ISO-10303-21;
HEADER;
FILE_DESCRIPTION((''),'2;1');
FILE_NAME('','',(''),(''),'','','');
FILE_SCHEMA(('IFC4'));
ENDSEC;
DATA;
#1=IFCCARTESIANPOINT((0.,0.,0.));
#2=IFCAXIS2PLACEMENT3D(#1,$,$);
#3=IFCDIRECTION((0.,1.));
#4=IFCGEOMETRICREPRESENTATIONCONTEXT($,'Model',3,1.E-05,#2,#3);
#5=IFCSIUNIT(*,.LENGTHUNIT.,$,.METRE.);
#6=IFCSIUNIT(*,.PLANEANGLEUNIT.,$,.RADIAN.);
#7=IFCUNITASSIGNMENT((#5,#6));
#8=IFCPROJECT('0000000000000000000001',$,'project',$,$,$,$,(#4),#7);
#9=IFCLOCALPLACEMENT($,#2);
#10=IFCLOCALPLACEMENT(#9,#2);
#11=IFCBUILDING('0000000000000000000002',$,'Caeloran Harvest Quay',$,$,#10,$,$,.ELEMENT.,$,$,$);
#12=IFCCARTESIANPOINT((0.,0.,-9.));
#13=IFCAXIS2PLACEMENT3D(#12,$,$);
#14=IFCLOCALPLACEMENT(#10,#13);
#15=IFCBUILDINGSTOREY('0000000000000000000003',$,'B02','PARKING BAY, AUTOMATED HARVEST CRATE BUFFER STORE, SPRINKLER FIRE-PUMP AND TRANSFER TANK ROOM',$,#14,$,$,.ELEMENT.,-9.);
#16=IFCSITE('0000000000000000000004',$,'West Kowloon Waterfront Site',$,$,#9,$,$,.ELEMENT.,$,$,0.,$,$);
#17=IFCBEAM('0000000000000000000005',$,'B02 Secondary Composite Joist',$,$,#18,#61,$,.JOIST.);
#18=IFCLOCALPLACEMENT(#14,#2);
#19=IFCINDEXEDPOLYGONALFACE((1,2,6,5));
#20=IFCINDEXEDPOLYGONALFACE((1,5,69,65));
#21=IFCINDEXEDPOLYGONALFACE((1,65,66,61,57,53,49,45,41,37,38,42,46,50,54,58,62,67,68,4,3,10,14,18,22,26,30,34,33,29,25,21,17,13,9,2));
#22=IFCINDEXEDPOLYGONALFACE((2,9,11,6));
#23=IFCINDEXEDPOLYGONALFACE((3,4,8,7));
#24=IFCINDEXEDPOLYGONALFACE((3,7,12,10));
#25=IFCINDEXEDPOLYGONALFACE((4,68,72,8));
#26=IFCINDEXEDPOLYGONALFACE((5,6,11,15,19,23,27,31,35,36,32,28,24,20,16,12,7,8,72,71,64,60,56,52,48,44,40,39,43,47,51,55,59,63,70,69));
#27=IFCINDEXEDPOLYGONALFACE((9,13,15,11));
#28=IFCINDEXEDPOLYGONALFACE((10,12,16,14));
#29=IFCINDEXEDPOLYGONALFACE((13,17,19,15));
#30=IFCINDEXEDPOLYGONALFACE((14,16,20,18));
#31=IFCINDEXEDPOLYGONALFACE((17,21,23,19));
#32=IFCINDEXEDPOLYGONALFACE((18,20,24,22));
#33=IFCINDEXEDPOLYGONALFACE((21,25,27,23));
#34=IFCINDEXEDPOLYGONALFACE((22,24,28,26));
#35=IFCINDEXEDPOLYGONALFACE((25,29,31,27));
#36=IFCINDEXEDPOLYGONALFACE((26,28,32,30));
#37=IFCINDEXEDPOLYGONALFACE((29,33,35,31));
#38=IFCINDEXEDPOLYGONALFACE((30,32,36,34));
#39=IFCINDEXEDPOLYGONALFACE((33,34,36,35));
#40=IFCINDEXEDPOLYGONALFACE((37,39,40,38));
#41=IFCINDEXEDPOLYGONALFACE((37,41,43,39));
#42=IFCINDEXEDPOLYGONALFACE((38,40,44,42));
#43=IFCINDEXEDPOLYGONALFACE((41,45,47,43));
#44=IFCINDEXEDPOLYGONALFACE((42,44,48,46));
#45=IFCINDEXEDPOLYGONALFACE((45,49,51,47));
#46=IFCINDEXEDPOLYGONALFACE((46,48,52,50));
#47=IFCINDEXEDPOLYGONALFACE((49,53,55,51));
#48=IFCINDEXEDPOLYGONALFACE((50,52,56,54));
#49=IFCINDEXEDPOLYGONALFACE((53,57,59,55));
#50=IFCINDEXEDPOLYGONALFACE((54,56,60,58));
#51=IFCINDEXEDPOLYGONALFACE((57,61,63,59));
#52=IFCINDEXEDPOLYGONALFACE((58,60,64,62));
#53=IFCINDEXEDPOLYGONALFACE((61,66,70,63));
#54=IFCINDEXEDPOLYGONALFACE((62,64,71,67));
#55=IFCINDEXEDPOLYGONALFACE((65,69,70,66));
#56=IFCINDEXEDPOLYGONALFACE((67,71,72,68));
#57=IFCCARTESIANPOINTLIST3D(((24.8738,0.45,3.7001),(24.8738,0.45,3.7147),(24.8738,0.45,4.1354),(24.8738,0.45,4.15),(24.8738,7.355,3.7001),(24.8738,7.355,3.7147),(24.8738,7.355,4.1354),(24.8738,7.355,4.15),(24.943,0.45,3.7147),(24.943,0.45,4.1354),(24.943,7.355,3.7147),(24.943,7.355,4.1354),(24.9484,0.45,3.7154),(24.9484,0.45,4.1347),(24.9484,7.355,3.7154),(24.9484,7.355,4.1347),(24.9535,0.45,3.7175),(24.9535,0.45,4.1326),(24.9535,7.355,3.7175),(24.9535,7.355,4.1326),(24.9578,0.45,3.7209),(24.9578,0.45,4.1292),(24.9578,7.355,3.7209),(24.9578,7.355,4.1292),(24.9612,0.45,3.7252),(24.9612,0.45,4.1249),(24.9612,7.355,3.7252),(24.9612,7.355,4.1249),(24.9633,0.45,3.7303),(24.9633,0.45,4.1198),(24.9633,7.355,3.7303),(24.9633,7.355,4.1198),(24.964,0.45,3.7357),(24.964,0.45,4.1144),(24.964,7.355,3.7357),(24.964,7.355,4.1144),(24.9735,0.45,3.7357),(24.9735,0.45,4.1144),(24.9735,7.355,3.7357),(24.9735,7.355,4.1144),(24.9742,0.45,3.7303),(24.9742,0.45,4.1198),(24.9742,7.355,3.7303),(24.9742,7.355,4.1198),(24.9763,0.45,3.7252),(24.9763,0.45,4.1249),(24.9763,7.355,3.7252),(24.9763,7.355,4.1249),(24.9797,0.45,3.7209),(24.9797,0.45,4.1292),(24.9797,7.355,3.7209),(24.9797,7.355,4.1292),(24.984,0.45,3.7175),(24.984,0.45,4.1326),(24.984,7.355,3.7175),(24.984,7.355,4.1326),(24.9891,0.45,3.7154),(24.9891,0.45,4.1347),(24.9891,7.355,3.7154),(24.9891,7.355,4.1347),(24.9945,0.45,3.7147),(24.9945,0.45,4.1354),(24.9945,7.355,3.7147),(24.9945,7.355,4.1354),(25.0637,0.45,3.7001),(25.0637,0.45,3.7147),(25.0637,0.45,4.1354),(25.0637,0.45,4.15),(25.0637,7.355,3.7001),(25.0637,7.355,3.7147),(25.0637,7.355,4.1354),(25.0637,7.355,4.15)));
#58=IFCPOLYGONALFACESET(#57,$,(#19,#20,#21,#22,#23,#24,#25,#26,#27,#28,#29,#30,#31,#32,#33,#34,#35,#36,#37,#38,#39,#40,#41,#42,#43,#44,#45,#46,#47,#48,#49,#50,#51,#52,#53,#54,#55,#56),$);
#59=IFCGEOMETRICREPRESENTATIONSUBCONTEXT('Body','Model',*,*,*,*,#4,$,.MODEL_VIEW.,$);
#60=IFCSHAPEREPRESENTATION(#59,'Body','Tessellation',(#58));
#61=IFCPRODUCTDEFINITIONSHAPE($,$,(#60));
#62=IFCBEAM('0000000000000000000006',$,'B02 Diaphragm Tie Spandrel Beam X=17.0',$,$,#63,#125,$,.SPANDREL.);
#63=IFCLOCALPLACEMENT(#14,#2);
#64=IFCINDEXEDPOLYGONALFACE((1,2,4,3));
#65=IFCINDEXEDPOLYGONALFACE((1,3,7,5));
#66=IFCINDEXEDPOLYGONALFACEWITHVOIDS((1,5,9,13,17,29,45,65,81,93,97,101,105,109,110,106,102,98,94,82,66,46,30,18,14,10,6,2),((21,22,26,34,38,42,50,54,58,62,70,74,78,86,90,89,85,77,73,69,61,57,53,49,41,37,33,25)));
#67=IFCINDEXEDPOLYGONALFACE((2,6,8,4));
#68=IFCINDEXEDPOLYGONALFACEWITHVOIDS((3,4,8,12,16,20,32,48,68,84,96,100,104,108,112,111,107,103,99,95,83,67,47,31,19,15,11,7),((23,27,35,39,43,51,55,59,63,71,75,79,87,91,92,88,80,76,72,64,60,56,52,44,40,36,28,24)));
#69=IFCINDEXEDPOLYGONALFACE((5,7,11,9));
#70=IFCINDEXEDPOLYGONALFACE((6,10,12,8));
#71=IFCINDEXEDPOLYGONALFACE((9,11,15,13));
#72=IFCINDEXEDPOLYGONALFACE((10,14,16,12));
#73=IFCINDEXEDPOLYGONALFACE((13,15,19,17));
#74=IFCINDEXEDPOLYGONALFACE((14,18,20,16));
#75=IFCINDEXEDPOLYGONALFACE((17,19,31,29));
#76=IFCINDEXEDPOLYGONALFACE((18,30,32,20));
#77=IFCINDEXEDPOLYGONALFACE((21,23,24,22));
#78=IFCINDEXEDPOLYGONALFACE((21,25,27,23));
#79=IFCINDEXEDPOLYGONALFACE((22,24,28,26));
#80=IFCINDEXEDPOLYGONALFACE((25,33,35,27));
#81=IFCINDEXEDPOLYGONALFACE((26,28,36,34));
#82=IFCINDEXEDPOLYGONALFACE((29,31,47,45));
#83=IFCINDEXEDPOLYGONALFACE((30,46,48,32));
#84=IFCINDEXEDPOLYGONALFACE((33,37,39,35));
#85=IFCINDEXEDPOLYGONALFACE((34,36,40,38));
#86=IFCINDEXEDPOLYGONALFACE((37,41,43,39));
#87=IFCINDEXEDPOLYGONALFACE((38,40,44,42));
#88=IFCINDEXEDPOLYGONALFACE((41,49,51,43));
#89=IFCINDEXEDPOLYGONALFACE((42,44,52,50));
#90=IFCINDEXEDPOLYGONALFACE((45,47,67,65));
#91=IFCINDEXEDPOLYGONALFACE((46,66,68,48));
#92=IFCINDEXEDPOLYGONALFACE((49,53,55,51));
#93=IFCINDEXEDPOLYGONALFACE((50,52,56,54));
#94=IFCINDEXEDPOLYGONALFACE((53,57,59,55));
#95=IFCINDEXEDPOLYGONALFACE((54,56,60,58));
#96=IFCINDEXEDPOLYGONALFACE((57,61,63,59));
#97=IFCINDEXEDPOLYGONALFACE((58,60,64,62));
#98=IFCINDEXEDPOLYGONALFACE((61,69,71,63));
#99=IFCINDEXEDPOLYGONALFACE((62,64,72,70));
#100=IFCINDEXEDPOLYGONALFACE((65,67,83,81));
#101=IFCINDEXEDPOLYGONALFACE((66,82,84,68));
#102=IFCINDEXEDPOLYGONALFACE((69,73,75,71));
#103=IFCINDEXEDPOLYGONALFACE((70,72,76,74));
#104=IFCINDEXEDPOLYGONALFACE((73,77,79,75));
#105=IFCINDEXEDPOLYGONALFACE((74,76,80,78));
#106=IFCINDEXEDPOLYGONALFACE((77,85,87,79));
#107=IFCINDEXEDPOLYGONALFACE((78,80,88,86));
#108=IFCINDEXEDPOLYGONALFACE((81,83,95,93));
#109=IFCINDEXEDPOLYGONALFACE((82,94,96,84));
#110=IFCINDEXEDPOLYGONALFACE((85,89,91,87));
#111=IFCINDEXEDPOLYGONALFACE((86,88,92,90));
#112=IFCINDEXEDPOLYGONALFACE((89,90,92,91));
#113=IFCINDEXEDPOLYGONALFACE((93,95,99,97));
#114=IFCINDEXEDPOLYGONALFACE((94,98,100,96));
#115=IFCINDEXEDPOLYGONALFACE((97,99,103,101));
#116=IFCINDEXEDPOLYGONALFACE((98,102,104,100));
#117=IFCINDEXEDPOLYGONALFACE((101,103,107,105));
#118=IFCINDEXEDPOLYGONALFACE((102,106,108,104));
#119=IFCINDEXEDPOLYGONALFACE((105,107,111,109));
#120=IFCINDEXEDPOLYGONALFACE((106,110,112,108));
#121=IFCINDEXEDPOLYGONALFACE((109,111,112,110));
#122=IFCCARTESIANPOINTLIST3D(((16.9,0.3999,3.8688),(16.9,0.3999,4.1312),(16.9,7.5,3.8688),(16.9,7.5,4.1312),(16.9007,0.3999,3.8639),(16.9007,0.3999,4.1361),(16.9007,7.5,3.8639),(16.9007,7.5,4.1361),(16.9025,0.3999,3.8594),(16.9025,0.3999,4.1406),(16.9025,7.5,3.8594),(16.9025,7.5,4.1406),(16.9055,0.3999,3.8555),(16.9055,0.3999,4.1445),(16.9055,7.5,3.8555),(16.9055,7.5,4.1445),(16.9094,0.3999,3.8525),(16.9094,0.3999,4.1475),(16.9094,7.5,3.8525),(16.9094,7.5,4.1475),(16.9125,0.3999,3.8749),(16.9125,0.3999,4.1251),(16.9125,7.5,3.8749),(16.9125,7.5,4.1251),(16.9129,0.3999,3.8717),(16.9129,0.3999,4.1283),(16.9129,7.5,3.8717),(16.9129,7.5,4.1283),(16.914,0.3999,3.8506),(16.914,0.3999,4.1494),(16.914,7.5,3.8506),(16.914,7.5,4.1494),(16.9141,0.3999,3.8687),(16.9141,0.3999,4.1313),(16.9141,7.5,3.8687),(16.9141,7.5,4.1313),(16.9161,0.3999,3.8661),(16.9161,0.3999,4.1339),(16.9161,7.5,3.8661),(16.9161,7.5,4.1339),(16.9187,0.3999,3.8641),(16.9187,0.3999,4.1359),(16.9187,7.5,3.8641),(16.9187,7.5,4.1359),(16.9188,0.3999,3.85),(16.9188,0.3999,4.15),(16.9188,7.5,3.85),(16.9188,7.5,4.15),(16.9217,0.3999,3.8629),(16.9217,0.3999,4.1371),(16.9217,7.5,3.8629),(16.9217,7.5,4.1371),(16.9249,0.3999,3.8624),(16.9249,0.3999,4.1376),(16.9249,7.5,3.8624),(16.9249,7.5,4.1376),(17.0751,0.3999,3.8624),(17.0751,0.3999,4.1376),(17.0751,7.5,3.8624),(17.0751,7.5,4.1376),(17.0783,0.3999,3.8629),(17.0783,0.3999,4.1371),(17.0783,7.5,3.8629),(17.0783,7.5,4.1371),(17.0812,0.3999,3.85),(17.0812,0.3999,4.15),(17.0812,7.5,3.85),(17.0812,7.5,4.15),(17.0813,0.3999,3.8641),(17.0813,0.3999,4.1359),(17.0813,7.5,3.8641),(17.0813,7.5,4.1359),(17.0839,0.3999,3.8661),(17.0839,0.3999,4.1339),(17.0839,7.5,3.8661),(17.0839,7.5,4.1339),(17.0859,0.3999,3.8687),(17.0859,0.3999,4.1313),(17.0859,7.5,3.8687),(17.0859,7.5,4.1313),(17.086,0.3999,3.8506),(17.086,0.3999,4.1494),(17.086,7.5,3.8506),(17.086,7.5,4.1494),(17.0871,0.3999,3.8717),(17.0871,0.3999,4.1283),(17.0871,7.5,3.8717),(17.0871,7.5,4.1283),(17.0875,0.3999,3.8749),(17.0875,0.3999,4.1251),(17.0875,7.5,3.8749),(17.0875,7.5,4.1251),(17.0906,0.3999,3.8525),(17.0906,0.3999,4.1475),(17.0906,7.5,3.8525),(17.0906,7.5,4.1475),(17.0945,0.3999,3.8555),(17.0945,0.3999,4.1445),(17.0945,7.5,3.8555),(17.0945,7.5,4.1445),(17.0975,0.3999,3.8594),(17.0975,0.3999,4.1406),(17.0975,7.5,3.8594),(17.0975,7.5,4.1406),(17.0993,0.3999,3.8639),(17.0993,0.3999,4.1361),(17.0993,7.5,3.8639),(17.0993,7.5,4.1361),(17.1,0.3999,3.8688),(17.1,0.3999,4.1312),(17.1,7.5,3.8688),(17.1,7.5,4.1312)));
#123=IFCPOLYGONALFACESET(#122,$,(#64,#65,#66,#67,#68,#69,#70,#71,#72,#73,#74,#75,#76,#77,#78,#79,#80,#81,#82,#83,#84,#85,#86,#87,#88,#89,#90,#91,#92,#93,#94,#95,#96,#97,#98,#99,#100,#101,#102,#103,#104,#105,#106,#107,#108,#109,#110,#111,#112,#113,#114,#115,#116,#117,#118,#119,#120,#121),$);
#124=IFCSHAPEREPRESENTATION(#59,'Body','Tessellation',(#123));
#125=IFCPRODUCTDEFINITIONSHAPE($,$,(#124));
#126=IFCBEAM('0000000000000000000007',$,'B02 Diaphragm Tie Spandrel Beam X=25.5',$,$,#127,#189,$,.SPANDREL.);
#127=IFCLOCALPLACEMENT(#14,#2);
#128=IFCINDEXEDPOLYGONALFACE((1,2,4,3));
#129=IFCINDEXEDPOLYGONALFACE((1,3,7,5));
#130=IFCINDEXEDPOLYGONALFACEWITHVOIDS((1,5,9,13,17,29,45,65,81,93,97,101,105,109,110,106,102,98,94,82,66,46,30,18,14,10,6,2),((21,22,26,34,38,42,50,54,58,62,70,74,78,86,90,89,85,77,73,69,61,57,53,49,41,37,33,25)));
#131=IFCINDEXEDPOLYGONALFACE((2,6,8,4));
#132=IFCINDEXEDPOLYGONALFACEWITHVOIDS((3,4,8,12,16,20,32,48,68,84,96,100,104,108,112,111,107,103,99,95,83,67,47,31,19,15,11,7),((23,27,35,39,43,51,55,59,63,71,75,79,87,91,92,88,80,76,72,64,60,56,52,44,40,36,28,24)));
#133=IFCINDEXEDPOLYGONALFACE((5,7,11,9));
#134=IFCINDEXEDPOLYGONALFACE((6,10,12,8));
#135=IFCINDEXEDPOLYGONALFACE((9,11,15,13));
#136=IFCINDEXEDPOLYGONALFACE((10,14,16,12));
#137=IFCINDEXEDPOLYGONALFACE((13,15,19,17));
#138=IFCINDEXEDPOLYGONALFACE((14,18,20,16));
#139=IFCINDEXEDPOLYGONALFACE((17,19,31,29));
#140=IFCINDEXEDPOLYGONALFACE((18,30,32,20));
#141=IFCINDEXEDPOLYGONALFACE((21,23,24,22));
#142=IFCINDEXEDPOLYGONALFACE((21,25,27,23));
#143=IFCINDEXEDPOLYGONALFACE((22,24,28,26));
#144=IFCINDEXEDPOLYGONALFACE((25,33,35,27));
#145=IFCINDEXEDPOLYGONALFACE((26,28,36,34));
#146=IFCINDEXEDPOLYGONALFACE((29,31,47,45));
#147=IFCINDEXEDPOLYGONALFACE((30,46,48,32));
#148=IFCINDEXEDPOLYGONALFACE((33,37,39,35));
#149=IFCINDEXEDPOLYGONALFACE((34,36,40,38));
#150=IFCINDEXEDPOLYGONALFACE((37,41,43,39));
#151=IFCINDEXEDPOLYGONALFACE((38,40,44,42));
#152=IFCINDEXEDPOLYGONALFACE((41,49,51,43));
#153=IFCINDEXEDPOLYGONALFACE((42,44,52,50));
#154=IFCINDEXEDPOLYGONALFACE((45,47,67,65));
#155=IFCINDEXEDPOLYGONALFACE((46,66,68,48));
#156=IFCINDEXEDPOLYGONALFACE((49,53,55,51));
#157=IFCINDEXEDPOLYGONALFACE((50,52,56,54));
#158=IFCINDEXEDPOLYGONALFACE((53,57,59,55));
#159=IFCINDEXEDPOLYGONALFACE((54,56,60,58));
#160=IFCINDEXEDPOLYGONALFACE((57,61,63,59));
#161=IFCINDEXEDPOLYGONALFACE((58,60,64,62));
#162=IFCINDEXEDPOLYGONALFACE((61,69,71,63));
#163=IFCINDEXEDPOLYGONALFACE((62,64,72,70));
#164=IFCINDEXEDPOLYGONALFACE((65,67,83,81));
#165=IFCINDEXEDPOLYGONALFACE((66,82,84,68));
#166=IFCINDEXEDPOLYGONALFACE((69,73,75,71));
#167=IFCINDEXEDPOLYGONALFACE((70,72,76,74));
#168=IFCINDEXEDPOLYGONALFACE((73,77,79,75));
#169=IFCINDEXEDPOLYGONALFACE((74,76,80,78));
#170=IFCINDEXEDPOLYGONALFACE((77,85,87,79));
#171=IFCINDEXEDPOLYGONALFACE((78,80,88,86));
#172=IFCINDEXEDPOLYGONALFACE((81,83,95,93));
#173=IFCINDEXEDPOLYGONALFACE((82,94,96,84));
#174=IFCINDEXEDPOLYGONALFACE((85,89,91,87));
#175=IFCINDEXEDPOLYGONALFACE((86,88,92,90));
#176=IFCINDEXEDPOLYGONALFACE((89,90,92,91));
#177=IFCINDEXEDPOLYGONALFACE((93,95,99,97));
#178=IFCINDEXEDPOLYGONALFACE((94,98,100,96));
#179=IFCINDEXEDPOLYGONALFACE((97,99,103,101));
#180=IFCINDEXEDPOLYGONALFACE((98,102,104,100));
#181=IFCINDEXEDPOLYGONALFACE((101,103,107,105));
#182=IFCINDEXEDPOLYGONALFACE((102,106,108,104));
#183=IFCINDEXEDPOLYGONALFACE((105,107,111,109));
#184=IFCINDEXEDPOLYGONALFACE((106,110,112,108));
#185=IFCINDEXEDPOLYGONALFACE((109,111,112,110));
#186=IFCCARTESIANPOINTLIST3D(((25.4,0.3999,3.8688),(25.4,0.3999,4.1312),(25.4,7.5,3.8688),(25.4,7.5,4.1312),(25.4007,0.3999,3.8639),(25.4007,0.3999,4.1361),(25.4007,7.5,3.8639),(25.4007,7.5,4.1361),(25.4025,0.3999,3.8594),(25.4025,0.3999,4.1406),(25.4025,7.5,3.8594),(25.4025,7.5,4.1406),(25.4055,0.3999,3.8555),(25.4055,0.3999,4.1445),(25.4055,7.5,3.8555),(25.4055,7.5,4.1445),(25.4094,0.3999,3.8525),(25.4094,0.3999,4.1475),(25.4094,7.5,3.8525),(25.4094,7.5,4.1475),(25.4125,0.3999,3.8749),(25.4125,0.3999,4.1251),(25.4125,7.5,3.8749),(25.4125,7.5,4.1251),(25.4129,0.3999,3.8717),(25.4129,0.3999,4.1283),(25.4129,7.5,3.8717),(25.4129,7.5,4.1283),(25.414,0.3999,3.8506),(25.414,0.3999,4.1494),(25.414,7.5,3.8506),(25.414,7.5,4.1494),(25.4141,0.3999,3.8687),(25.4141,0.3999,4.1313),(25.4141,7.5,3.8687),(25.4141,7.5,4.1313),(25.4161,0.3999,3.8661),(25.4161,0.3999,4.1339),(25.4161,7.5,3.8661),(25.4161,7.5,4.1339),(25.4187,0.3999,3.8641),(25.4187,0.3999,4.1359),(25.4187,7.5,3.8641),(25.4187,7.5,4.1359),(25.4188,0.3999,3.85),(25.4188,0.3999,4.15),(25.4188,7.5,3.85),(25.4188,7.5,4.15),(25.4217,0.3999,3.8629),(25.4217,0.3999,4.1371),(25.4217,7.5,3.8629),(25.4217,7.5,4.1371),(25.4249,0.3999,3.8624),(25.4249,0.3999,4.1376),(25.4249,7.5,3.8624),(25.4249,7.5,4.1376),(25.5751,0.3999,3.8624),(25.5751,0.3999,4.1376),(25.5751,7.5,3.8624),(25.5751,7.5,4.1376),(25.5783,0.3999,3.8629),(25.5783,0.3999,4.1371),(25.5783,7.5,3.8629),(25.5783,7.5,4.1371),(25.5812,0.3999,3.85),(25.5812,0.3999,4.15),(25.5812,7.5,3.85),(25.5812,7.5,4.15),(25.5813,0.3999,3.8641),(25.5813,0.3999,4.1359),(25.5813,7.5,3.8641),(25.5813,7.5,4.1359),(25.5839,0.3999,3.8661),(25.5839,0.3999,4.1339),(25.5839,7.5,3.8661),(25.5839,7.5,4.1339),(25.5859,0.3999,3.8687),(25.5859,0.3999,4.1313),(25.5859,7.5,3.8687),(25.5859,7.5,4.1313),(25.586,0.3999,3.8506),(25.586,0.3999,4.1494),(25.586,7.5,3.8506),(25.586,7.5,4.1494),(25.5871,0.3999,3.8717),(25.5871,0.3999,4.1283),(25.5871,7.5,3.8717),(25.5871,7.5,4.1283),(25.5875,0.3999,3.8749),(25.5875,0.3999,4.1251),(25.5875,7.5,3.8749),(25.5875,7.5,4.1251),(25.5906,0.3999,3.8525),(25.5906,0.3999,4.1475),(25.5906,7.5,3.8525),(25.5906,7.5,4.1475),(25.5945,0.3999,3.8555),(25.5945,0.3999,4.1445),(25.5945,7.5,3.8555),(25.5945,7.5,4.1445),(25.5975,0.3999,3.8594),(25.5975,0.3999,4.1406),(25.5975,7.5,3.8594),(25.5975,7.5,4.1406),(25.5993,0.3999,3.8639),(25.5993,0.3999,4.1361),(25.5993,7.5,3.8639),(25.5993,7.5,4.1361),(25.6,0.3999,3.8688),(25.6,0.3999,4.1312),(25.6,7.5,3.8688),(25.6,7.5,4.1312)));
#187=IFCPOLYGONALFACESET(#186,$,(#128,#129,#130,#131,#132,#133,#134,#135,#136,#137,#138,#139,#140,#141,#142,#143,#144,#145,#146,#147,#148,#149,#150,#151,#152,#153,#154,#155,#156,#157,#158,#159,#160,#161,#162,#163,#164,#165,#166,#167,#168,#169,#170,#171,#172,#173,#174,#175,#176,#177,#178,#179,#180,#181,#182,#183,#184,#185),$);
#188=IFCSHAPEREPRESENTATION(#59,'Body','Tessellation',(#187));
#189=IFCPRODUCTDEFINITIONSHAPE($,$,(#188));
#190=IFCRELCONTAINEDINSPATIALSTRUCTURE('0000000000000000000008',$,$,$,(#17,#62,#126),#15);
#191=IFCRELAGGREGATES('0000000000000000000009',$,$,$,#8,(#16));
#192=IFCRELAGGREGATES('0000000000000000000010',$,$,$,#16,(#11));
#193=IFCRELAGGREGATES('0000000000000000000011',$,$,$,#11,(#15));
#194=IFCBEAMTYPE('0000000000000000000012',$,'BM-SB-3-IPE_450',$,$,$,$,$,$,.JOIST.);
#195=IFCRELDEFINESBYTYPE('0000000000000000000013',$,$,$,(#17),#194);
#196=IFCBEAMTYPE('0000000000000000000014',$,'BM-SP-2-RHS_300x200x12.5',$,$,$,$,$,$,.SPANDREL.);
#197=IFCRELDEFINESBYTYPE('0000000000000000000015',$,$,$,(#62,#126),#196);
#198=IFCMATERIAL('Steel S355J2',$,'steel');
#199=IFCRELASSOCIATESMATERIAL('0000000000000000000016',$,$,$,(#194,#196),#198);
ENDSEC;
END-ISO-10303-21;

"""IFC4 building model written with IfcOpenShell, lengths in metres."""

from ifc_helpers import new_model, si_unit, direction, frame, origin, origin_2d, place, context, subcontext, project, spatial, hollow_rectangle, i_section, extrude, material, material_profile, profile_set, type_object, element, save


model = new_model("IFC4")

# Units and contexts
model_context = context("Model", 3, precision=1e-05, world=origin(), true_north=direction((0.0, 1.0)))
body_context = subcontext(model_context, "Body", "Model", "MODEL_VIEW")
ifc_project = project(units=[si_unit("LENGTHUNIT", "METRE"), si_unit("PLANEANGLEUNIT", "RADIAN")], contexts=[model_context])

# Site, building, storey
site_placement = place(None, origin())
site = spatial("IfcSite", under=ifc_project, at=site_placement, Name="West Kowloon Waterfront Site", CompositionType="ELEMENT", RefElevation=0.0)
building_placement = place(site_placement, origin())
building = spatial("IfcBuilding", under=site, at=building_placement, Name="Caeloran Harvest Quay", CompositionType="ELEMENT")
storey_placement = place(building_placement, frame((0.0, 0.0, -9.0)))
storey = spatial("IfcBuildingStorey", under=building, at=storey_placement, Name="B02", Description="PARKING BAY, AUTOMATED HARVEST CRATE BUFFER STORE, SPRINKLER FIRE-PUMP AND TRANSFER TANK ROOM", CompositionType="ELEMENT", Elevation=-9.0)

# Beams
ifc_material_1 = material(Name="Steel S355J2", Category="steel")
ifc_material_profile_1 = material_profile(ifc_material_1, i_section(OverallWidth=0.1899, OverallDepth=0.45, WebThickness=0.0095, FlangeThickness=0.0146, FilletRadius=0.021, at=origin_2d()), Name="IPE 450")
ifc_profile_set_1 = profile_set([ifc_material_profile_1], Name="Steel S355J2")
beam_type_1 = type_object("IfcBeamType", Name="BM-SB-3-IPE_450", PredefinedType="JOIST", material=ifc_profile_set_1)
for number, where, z_axis, x_axis, name in (
    (1, (24.9688, 0.45, 3.925), (0.0, 1.0, 0.0), (-1.0, 0.0, 0.0), "B02 Secondary Composite Joist"),
):
    element("IfcBeam", number, at=place(storey_placement, frame(where, z_axis=z_axis, x_axis=x_axis)), inside=storey, type_object=beam_type_1, Name=name, PredefinedType="JOIST", context=body_context, shape_type="SweptSolid", body=[
        extrude(i_section(OverallWidth=0.1899, OverallDepth=0.45, WebThickness=0.0095, FlangeThickness=0.0146, FilletRadius=0.021, at=origin_2d()), origin(), (0.0, 0.0, 1.0), 6.905),
    ])
ifc_material_profile_2 = material_profile(ifc_material_1, hollow_rectangle(XDim=0.2, YDim=0.3, WallThickness=0.0125, InnerFilletRadius=0.0125, OuterFilletRadius=0.0188, at=origin_2d()), Name="RHS 300x200x12.5")
ifc_profile_set_2 = profile_set([ifc_material_profile_2], Name="Steel S355J2")
beam_type_2 = type_object("IfcBeamType", Name="BM-SP-2-RHS_300x200x12.5", PredefinedType="SPANDREL", material=ifc_profile_set_2)
for number, where, z_axis, x_axis, name in (
    (2, (17.0, 0.3999, 4.0), (0.0, 1.0, 0.0), (-1.0, 0.0, 0.0), "B02 Diaphragm Tie Spandrel Beam X=17.0"),
    (3, (25.5, 0.3999, 4.0), (0.0, 1.0, 0.0), (-1.0, 0.0, 0.0), "B02 Diaphragm Tie Spandrel Beam X=25.5"),
):
    element("IfcBeam", number, at=place(storey_placement, frame(where, z_axis=z_axis, x_axis=x_axis)), inside=storey, type_object=beam_type_2, Name=name, PredefinedType="SPANDREL", context=body_context, shape_type="SweptSolid", body=[
        extrude(hollow_rectangle(XDim=0.2, YDim=0.3, WallThickness=0.0125, InnerFilletRadius=0.0125, OuterFilletRadius=0.0188, at=origin_2d()), origin(), (0.0, 0.0, 1.0), 7.1001),
    ])

save(model, "model.ifc")
